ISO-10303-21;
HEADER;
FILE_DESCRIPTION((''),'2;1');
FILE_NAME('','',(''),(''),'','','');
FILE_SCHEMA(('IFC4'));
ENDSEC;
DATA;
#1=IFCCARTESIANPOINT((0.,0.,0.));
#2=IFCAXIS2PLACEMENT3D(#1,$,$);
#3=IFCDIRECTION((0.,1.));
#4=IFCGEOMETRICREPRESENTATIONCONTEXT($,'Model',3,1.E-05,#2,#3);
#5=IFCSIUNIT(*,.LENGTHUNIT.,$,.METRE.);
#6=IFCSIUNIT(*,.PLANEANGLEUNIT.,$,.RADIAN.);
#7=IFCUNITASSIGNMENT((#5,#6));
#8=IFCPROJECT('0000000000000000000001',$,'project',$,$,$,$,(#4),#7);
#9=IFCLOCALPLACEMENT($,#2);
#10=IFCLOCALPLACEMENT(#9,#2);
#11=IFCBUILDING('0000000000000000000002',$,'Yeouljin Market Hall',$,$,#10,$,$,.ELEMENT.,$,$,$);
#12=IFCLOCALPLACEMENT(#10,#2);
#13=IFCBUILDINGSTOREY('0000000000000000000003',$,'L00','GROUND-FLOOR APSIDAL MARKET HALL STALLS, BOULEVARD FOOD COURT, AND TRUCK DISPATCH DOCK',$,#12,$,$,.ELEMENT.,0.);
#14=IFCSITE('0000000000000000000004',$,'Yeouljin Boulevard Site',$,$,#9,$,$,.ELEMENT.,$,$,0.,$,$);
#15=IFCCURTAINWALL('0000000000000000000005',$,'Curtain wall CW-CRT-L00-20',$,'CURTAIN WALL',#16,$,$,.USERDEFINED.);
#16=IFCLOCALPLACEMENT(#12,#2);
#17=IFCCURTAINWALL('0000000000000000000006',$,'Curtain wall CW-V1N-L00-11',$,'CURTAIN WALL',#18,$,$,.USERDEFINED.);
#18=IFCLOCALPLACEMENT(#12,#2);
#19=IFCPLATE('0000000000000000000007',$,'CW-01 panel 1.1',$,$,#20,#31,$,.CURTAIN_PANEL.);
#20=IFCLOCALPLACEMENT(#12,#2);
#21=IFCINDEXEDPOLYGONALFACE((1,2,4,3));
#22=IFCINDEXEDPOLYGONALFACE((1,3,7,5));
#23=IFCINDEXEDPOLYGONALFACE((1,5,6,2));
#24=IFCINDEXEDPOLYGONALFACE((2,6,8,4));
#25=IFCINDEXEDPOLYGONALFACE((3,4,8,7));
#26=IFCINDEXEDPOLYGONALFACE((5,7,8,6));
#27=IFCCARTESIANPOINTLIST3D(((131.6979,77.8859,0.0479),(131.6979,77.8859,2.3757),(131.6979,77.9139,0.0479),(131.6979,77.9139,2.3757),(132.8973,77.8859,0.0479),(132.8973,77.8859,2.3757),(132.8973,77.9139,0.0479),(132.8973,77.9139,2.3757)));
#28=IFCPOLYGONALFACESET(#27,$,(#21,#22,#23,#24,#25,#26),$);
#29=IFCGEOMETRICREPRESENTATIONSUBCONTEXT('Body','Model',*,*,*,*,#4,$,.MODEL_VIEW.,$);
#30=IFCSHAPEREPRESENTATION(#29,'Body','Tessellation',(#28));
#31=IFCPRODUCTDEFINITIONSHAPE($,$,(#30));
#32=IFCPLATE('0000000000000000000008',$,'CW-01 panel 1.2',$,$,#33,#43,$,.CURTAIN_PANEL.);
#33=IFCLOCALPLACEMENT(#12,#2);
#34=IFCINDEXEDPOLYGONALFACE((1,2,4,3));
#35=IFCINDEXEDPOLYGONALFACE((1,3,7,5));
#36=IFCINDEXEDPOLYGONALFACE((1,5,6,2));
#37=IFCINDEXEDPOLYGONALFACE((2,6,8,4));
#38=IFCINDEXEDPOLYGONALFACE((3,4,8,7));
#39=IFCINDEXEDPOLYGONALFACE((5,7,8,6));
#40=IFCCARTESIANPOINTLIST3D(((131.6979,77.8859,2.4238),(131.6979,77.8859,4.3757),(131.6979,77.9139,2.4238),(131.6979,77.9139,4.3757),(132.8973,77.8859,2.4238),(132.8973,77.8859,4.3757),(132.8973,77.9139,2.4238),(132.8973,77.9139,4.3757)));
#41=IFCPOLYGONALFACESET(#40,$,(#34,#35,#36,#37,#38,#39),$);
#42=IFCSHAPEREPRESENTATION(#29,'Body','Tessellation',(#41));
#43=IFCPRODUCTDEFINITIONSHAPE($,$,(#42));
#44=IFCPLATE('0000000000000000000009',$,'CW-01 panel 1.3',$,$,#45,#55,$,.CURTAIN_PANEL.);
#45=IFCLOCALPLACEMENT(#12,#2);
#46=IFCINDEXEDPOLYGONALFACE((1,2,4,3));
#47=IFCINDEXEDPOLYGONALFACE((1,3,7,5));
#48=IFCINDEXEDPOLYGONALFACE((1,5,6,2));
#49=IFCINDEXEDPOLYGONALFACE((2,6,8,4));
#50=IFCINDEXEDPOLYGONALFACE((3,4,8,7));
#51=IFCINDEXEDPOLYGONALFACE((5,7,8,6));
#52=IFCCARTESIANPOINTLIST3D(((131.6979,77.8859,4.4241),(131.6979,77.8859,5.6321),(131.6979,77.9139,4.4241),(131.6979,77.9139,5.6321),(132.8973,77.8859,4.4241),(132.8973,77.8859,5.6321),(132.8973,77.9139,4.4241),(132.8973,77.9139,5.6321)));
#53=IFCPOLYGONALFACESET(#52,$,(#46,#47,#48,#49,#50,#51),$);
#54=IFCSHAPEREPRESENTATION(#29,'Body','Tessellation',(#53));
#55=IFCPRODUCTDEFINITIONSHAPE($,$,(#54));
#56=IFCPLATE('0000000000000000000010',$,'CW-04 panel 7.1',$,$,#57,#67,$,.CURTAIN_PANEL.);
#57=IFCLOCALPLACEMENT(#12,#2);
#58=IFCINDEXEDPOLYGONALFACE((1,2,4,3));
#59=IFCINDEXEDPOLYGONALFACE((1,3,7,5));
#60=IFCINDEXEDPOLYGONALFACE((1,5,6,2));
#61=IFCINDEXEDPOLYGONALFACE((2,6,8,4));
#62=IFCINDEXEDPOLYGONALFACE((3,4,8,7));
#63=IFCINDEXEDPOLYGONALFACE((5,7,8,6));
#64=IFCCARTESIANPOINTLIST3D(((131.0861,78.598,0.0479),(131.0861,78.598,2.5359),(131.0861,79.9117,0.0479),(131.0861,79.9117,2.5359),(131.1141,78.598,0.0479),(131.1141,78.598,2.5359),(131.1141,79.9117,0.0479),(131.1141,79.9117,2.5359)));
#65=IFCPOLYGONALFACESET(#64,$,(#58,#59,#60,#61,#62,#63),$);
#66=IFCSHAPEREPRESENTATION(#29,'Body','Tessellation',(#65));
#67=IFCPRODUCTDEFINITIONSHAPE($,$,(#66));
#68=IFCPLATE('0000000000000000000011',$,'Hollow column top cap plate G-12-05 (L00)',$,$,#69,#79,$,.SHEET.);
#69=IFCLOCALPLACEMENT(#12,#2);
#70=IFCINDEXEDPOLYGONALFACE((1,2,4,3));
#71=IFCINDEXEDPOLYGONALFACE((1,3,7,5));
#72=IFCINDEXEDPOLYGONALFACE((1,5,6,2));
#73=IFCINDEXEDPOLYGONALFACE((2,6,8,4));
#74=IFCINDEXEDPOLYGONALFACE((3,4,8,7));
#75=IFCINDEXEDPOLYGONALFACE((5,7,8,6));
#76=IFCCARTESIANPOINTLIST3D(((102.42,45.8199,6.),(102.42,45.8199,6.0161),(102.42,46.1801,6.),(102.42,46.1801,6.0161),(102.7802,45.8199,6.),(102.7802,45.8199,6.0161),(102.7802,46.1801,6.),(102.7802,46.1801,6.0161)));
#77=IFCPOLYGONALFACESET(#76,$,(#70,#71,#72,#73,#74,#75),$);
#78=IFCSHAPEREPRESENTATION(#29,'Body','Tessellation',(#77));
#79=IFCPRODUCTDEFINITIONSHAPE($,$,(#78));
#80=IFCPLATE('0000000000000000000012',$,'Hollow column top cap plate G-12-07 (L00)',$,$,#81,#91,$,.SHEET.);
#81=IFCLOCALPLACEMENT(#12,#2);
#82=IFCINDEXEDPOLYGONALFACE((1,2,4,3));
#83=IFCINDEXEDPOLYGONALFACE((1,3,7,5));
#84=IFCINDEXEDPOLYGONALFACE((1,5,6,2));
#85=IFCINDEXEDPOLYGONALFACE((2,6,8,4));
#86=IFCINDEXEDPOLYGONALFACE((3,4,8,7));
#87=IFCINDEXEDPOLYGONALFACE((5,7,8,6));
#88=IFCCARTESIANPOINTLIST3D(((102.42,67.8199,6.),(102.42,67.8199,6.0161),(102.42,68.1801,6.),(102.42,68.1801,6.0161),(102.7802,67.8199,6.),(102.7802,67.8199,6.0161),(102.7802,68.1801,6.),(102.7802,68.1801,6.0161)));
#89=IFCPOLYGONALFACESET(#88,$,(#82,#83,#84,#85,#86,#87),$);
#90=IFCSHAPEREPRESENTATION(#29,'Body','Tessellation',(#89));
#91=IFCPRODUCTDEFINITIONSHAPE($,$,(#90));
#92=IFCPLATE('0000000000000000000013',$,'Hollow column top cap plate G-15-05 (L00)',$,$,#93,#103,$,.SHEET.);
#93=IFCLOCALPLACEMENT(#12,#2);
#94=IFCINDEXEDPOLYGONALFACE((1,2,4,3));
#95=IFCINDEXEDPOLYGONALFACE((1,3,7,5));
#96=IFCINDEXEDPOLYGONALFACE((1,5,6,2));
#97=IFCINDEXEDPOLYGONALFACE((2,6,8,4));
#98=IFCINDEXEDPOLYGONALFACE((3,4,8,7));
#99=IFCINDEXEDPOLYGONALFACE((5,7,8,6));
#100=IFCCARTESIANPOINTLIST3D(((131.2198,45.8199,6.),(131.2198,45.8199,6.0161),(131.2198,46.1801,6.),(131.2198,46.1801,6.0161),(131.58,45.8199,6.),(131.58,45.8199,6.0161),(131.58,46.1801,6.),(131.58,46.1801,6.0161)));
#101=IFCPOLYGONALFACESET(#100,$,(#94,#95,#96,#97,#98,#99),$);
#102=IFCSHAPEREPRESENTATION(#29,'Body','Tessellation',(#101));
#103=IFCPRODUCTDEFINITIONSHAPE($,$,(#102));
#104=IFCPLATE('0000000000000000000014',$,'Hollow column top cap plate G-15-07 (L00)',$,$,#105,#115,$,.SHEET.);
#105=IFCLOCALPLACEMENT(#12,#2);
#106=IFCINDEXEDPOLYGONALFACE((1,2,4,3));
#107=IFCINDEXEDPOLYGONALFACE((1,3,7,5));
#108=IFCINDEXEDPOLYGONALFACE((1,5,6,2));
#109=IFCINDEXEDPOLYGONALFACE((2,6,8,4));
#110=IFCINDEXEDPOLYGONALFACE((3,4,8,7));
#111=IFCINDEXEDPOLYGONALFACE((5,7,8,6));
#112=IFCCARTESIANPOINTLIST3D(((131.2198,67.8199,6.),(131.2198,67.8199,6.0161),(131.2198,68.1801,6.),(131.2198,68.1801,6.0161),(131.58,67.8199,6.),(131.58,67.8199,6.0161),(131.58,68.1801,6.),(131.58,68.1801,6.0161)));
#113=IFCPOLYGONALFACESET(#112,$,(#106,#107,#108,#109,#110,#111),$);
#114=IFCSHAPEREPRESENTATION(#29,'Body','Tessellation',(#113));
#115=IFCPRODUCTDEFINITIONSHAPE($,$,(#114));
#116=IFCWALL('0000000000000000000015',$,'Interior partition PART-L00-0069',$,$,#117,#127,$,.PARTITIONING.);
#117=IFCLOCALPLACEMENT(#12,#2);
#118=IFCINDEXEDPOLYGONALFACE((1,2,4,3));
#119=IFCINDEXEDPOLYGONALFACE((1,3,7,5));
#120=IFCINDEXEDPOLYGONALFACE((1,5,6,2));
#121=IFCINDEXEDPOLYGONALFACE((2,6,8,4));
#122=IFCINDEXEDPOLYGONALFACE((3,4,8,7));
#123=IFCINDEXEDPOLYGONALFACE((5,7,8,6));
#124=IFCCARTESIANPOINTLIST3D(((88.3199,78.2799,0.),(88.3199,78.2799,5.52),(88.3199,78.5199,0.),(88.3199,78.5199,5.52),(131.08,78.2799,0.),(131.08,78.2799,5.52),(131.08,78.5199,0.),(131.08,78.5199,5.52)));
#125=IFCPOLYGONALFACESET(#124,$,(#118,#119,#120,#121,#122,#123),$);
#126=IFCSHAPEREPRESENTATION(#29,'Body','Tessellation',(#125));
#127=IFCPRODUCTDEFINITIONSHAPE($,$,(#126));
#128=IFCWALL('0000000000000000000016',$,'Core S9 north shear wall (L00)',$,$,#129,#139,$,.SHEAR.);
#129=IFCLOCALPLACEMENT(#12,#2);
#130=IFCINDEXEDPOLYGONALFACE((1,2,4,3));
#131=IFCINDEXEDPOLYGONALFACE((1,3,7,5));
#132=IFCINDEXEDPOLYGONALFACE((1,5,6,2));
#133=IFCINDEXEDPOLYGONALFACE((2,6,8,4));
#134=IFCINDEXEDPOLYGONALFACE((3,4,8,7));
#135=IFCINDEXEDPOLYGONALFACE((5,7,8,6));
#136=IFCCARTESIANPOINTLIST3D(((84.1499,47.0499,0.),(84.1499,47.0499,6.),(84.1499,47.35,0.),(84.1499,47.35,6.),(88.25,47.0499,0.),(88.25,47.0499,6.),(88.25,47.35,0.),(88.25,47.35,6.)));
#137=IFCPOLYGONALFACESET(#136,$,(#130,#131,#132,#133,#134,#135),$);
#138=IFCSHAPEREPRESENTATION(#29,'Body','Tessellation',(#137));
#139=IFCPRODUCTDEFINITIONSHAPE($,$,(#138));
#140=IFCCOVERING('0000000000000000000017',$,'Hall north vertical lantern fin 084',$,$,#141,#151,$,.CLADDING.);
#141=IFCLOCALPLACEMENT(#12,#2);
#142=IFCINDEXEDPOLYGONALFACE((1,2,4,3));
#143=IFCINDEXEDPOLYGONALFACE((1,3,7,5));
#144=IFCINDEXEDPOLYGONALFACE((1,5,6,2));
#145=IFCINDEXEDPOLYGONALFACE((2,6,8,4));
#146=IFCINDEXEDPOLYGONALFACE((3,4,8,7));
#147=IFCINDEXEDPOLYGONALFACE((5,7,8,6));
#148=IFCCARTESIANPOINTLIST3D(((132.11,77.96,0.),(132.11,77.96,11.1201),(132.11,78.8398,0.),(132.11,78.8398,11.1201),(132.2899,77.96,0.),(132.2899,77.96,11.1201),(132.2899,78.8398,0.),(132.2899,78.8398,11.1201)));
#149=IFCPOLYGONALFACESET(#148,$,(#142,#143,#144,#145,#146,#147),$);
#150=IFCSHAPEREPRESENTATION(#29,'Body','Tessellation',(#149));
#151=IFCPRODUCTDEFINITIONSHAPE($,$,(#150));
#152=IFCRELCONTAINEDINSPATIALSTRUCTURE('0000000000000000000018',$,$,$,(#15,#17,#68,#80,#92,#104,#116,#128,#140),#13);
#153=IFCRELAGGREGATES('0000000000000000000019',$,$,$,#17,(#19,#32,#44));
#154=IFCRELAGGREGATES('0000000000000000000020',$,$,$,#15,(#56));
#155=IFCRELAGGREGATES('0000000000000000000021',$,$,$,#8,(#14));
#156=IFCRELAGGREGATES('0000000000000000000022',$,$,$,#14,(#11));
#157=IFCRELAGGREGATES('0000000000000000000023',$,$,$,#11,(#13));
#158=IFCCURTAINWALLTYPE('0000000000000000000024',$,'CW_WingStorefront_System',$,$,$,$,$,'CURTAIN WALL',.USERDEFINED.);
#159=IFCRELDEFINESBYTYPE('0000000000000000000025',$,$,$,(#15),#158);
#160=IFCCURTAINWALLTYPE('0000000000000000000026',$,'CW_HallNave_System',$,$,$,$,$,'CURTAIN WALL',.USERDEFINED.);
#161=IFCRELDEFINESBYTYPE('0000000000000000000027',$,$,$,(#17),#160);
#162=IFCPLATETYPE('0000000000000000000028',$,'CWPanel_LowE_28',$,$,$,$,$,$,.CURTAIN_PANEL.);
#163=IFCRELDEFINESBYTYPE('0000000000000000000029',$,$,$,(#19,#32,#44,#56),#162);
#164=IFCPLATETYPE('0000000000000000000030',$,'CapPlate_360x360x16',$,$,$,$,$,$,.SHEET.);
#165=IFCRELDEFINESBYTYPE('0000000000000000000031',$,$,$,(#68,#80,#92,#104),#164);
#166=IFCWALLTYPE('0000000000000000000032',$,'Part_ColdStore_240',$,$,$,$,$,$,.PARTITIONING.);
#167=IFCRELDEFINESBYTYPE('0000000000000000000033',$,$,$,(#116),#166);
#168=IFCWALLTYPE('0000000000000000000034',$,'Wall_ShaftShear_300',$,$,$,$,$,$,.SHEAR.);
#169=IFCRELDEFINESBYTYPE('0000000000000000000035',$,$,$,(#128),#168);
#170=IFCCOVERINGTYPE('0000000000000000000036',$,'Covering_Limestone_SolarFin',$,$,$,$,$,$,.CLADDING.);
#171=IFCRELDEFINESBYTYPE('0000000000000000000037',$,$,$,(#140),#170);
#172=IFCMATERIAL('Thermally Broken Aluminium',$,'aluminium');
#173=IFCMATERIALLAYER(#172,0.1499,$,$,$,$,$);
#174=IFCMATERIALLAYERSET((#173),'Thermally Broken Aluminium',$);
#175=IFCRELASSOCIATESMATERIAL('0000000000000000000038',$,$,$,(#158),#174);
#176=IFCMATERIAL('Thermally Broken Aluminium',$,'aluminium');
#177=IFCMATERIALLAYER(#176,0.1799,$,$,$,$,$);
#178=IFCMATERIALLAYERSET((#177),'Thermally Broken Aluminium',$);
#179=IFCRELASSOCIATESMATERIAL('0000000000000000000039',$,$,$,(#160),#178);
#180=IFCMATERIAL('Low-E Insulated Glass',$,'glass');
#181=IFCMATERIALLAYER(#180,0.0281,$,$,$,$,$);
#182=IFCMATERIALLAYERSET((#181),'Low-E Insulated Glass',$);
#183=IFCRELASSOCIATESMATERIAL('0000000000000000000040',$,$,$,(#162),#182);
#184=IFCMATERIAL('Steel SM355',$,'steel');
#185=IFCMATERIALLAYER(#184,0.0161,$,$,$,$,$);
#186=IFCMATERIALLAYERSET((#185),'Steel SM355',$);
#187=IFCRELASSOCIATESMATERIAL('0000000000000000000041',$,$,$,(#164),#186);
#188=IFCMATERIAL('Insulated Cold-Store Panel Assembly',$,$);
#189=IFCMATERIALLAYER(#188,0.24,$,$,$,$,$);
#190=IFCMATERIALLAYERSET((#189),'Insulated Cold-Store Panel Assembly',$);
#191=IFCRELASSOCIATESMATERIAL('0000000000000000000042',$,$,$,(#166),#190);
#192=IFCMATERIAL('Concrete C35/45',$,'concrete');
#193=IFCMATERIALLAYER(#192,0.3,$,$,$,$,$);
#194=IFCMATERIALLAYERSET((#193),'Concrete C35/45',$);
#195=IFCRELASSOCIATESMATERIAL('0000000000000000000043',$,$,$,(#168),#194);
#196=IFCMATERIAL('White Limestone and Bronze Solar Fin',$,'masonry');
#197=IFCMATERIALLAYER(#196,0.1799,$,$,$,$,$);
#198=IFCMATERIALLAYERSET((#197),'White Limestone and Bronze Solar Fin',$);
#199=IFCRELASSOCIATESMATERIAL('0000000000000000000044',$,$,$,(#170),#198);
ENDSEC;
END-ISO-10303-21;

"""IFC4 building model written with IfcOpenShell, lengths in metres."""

from ifc_helpers import new_model, si_unit, direction, frame, frame_2d, origin, origin_2d, place, context, subcontext, project, spatial, rectangle, extrude, material, layer, layer_set, type_object, element, aggregate, save


model = new_model("IFC4")

# Units and contexts
model_context = context("Model", 3, precision=1e-05, world=origin(), true_north=direction((0.0, 1.0)))
body_context = subcontext(model_context, "Body", "Model", "MODEL_VIEW")
ifc_project = project(units=[si_unit("LENGTHUNIT", "METRE"), si_unit("PLANEANGLEUNIT", "RADIAN")], contexts=[model_context])

# Site, building, storey
site_placement = place(None, origin())
site = spatial("IfcSite", under=ifc_project, at=site_placement, Name="Yeouljin Boulevard Site", CompositionType="ELEMENT", RefElevation=0.0)
building_placement = place(site_placement, origin())
building = spatial("IfcBuilding", under=site, at=building_placement, Name="Yeouljin Market Hall", CompositionType="ELEMENT")
storey_placement = place(building_placement, origin())
storey = spatial("IfcBuildingStorey", under=building, at=storey_placement, Name="L00", Description="GROUND-FLOOR APSIDAL MARKET HALL STALLS, BOULEVARD FOOD COURT, AND TRUCK DISPATCH DOCK", CompositionType="ELEMENT", Elevation=0.0)

# Curtain wall
ifc_material_1 = material(Name="Thermally Broken Aluminium", Category="aluminium")
ifc_layer_1 = layer(ifc_material_1, 0.1499)
ifc_layer_set_1 = layer_set([ifc_layer_1], Name="Thermally Broken Aluminium")
curtain_wall_type_1 = type_object("IfcCurtainWallType", Name="CW_WingStorefront_System", ElementType="CURTAIN WALL", PredefinedType="USERDEFINED", material=ifc_layer_set_1)
curtain_wall_1_placement = place(storey_placement, origin())
curtain_wall_1 = element("IfcCurtainWall", 1, at=curtain_wall_1_placement, inside=storey, type_object=curtain_wall_type_1, Name="Curtain wall CW-CRT-L00-20", ObjectType="CURTAIN WALL", PredefinedType="USERDEFINED")

# Curtain wall, plates
ifc_material_2 = material(Name="Thermally Broken Aluminium", Category="aluminium")
ifc_layer_2 = layer(ifc_material_2, 0.1799)
ifc_layer_set_2 = layer_set([ifc_layer_2], Name="Thermally Broken Aluminium")
curtain_wall_type_2 = type_object("IfcCurtainWallType", Name="CW_HallNave_System", ElementType="CURTAIN WALL", PredefinedType="USERDEFINED", material=ifc_layer_set_2)
curtain_wall_2_placement = place(storey_placement, origin())
curtain_wall_2 = element("IfcCurtainWall", 2, at=curtain_wall_2_placement, inside=storey, type_object=curtain_wall_type_2, Name="Curtain wall CW-V1N-L00-11", ObjectType="CURTAIN WALL", PredefinedType="USERDEFINED")
ifc_material_3 = material(Name="Low-E Insulated Glass", Category="glass")
ifc_layer_3 = layer(ifc_material_3, 0.0281)
ifc_layer_set_3 = layer_set([ifc_layer_3], Name="Low-E Insulated Glass")
plate_type_1 = type_object("IfcPlateType", Name="CWPanel_LowE_28", PredefinedType="CURTAIN_PANEL", material=ifc_layer_set_3)
plate_1_placement = place(storey_placement, frame((132.2976, 77.8999, 0.0479), z_axis=(0.0, 0.0, 1.0), x_axis=(1.0, 0.0, 0.0)))
plate_1 = element("IfcPlate", 3, at=plate_1_placement, type_object=plate_type_1, Name="CW-01 panel 1.1", PredefinedType="CURTAIN_PANEL", context=body_context, shape_type="SweptSolid", body=[
    extrude(rectangle(XDim=1.1995, YDim=0.0281, at=origin_2d()), origin(), (0.0, 0.0, 1.0), 2.3279),
])
plate_2_placement = place(storey_placement, frame((132.2976, 77.8999, 2.4238), z_axis=(0.0, 0.0, 1.0), x_axis=(1.0, 0.0, 0.0)))
plate_2 = element("IfcPlate", 4, at=plate_2_placement, type_object=plate_type_1, Name="CW-01 panel 1.2", PredefinedType="CURTAIN_PANEL", context=body_context, shape_type="SweptSolid", body=[
    extrude(rectangle(XDim=1.1995, YDim=0.0281, at=origin_2d()), origin(), (0.0, 0.0, 1.0), 1.9519),
])
plate_3_placement = place(storey_placement, frame((132.2976, 77.8999, 4.4241), z_axis=(0.0, 0.0, 1.0), x_axis=(1.0, 0.0, 0.0)))
plate_3 = element("IfcPlate", 5, at=plate_3_placement, type_object=plate_type_1, Name="CW-01 panel 1.3", PredefinedType="CURTAIN_PANEL", context=body_context, shape_type="SweptSolid", body=[
    extrude(rectangle(XDim=1.1995, YDim=0.0281, at=origin_2d()), origin(), (0.0, 0.0, 1.0), 1.208),
])
aggregate(curtain_wall_2, [plate_1, plate_2, plate_3])

# Plate
plate_4_placement = place(storey_placement, frame((131.1001, 79.2549, 0.0479), z_axis=(0.0, 0.0, 1.0), x_axis=(0.0, -1.0, 0.0)))
plate_4 = element("IfcPlate", 6, at=plate_4_placement, type_object=plate_type_1, Name="CW-04 panel 7.1", PredefinedType="CURTAIN_PANEL", context=body_context, shape_type="SweptSolid", body=[
    extrude(rectangle(XDim=1.3137, YDim=0.0281, at=origin_2d()), origin(), (0.0, 0.0, 1.0), 2.488),
])
aggregate(curtain_wall_1, [plate_4])

# Plates
ifc_material_4 = material(Name="Steel SM355", Category="steel")
ifc_layer_4 = layer(ifc_material_4, 0.0161)
ifc_layer_set_4 = layer_set([ifc_layer_4], Name="Steel SM355")
plate_type_2 = type_object("IfcPlateType", Name="CapPlate_360x360x16", PredefinedType="SHEET", material=ifc_layer_set_4)
for number, where, z_axis, x_axis, name in (
    (7, (102.6001, 46.0, 6.0), (0.0, 0.0, 1.0), (1.0, 0.0, 0.0), "Hollow column top cap plate G-12-05 (L00)"),
    (8, (102.6001, 68.0, 6.0), (0.0, 0.0, 1.0), (1.0, 0.0, 0.0), "Hollow column top cap plate G-12-07 (L00)"),
    (9, (131.3999, 46.0, 6.0), (0.0, 0.0, 1.0), (1.0, 0.0, 0.0), "Hollow column top cap plate G-15-05 (L00)"),
    (10, (131.3999, 68.0, 6.0), (0.0, 0.0, 1.0), (1.0, 0.0, 0.0), "Hollow column top cap plate G-15-07 (L00)"),
):
    element("IfcPlate", number, at=place(storey_placement, frame(where, z_axis=z_axis, x_axis=x_axis)), inside=storey, type_object=plate_type_2, Name=name, PredefinedType="SHEET", context=body_context, shape_type="SweptSolid", body=[
        extrude(rectangle(XDim=0.3601, YDim=0.3601, at=origin_2d()), origin(), (0.0, 0.0, 1.0), 0.0161),
    ])

# Walls
ifc_material_5 = material(Name="Insulated Cold-Store Panel Assembly")
ifc_layer_5 = layer(ifc_material_5, 0.24)
ifc_layer_set_5 = layer_set([ifc_layer_5], Name="Insulated Cold-Store Panel Assembly")
wall_type_1 = type_object("IfcWallType", Name="Part_ColdStore_240", PredefinedType="PARTITIONING", material=ifc_layer_set_5)
wall_1_placement = place(storey_placement, frame((88.3201, 78.3999, 0.0), z_axis=(0.0, 0.0, 1.0), x_axis=(1.0, 0.0, 0.0)))
element("IfcWall", 11, at=wall_1_placement, inside=storey, type_object=wall_type_1, Name="Interior partition PART-L00-0069", PredefinedType="PARTITIONING", context=body_context, shape_type="SweptSolid", body=[
    extrude(rectangle(XDim=42.76, YDim=0.24, at=frame_2d((21.3799, 0.0))), origin(), (0.0, 0.0, 1.0), 5.52),
])
ifc_material_6 = material(Name="Concrete C35/45", Category="concrete")
ifc_layer_6 = layer(ifc_material_6, 0.3)
ifc_layer_set_6 = layer_set([ifc_layer_6], Name="Concrete C35/45")
wall_type_2 = type_object("IfcWallType", Name="Wall_ShaftShear_300", PredefinedType="SHEAR", material=ifc_layer_set_6)
wall_2_placement = place(storey_placement, frame((88.25, 47.2, 0.0), z_axis=(0.0, 0.0, 1.0), x_axis=(-1.0, 0.0, 0.0)))
element("IfcWall", 12, at=wall_2_placement, inside=storey, type_object=wall_type_2, Name="Core S9 north shear wall (L00)", PredefinedType="SHEAR", context=body_context, shape_type="SweptSolid", body=[
    extrude(rectangle(XDim=4.1001, YDim=0.3, at=frame_2d((2.05, 0.0))), origin(), (0.0, 0.0, 1.0), 6.0),
])

# Covering
ifc_material_7 = material(Name="White Limestone and Bronze Solar Fin", Category="masonry")
ifc_layer_7 = layer(ifc_material_7, 0.1799)
ifc_layer_set_7 = layer_set([ifc_layer_7], Name="White Limestone and Bronze Solar Fin")
covering_type = type_object("IfcCoveringType", Name="Covering_Limestone_SolarFin", PredefinedType="CLADDING", material=ifc_layer_set_7)
covering_placement = place(storey_placement, frame((132.2, 78.3999, 0.0), z_axis=(0.0, 0.0, 1.0), x_axis=(1.0, 0.0, 0.0)))
element("IfcCovering", 13, at=covering_placement, inside=storey, type_object=covering_type, Name="Hall north vertical lantern fin 084", PredefinedType="CLADDING", context=body_context, shape_type="SweptSolid", body=[
    extrude(rectangle(XDim=0.1799, YDim=0.8799, at=origin_2d()), origin(), (0.0, 0.0, 1.0), 11.1201),
])

save(model, "model.ifc")
